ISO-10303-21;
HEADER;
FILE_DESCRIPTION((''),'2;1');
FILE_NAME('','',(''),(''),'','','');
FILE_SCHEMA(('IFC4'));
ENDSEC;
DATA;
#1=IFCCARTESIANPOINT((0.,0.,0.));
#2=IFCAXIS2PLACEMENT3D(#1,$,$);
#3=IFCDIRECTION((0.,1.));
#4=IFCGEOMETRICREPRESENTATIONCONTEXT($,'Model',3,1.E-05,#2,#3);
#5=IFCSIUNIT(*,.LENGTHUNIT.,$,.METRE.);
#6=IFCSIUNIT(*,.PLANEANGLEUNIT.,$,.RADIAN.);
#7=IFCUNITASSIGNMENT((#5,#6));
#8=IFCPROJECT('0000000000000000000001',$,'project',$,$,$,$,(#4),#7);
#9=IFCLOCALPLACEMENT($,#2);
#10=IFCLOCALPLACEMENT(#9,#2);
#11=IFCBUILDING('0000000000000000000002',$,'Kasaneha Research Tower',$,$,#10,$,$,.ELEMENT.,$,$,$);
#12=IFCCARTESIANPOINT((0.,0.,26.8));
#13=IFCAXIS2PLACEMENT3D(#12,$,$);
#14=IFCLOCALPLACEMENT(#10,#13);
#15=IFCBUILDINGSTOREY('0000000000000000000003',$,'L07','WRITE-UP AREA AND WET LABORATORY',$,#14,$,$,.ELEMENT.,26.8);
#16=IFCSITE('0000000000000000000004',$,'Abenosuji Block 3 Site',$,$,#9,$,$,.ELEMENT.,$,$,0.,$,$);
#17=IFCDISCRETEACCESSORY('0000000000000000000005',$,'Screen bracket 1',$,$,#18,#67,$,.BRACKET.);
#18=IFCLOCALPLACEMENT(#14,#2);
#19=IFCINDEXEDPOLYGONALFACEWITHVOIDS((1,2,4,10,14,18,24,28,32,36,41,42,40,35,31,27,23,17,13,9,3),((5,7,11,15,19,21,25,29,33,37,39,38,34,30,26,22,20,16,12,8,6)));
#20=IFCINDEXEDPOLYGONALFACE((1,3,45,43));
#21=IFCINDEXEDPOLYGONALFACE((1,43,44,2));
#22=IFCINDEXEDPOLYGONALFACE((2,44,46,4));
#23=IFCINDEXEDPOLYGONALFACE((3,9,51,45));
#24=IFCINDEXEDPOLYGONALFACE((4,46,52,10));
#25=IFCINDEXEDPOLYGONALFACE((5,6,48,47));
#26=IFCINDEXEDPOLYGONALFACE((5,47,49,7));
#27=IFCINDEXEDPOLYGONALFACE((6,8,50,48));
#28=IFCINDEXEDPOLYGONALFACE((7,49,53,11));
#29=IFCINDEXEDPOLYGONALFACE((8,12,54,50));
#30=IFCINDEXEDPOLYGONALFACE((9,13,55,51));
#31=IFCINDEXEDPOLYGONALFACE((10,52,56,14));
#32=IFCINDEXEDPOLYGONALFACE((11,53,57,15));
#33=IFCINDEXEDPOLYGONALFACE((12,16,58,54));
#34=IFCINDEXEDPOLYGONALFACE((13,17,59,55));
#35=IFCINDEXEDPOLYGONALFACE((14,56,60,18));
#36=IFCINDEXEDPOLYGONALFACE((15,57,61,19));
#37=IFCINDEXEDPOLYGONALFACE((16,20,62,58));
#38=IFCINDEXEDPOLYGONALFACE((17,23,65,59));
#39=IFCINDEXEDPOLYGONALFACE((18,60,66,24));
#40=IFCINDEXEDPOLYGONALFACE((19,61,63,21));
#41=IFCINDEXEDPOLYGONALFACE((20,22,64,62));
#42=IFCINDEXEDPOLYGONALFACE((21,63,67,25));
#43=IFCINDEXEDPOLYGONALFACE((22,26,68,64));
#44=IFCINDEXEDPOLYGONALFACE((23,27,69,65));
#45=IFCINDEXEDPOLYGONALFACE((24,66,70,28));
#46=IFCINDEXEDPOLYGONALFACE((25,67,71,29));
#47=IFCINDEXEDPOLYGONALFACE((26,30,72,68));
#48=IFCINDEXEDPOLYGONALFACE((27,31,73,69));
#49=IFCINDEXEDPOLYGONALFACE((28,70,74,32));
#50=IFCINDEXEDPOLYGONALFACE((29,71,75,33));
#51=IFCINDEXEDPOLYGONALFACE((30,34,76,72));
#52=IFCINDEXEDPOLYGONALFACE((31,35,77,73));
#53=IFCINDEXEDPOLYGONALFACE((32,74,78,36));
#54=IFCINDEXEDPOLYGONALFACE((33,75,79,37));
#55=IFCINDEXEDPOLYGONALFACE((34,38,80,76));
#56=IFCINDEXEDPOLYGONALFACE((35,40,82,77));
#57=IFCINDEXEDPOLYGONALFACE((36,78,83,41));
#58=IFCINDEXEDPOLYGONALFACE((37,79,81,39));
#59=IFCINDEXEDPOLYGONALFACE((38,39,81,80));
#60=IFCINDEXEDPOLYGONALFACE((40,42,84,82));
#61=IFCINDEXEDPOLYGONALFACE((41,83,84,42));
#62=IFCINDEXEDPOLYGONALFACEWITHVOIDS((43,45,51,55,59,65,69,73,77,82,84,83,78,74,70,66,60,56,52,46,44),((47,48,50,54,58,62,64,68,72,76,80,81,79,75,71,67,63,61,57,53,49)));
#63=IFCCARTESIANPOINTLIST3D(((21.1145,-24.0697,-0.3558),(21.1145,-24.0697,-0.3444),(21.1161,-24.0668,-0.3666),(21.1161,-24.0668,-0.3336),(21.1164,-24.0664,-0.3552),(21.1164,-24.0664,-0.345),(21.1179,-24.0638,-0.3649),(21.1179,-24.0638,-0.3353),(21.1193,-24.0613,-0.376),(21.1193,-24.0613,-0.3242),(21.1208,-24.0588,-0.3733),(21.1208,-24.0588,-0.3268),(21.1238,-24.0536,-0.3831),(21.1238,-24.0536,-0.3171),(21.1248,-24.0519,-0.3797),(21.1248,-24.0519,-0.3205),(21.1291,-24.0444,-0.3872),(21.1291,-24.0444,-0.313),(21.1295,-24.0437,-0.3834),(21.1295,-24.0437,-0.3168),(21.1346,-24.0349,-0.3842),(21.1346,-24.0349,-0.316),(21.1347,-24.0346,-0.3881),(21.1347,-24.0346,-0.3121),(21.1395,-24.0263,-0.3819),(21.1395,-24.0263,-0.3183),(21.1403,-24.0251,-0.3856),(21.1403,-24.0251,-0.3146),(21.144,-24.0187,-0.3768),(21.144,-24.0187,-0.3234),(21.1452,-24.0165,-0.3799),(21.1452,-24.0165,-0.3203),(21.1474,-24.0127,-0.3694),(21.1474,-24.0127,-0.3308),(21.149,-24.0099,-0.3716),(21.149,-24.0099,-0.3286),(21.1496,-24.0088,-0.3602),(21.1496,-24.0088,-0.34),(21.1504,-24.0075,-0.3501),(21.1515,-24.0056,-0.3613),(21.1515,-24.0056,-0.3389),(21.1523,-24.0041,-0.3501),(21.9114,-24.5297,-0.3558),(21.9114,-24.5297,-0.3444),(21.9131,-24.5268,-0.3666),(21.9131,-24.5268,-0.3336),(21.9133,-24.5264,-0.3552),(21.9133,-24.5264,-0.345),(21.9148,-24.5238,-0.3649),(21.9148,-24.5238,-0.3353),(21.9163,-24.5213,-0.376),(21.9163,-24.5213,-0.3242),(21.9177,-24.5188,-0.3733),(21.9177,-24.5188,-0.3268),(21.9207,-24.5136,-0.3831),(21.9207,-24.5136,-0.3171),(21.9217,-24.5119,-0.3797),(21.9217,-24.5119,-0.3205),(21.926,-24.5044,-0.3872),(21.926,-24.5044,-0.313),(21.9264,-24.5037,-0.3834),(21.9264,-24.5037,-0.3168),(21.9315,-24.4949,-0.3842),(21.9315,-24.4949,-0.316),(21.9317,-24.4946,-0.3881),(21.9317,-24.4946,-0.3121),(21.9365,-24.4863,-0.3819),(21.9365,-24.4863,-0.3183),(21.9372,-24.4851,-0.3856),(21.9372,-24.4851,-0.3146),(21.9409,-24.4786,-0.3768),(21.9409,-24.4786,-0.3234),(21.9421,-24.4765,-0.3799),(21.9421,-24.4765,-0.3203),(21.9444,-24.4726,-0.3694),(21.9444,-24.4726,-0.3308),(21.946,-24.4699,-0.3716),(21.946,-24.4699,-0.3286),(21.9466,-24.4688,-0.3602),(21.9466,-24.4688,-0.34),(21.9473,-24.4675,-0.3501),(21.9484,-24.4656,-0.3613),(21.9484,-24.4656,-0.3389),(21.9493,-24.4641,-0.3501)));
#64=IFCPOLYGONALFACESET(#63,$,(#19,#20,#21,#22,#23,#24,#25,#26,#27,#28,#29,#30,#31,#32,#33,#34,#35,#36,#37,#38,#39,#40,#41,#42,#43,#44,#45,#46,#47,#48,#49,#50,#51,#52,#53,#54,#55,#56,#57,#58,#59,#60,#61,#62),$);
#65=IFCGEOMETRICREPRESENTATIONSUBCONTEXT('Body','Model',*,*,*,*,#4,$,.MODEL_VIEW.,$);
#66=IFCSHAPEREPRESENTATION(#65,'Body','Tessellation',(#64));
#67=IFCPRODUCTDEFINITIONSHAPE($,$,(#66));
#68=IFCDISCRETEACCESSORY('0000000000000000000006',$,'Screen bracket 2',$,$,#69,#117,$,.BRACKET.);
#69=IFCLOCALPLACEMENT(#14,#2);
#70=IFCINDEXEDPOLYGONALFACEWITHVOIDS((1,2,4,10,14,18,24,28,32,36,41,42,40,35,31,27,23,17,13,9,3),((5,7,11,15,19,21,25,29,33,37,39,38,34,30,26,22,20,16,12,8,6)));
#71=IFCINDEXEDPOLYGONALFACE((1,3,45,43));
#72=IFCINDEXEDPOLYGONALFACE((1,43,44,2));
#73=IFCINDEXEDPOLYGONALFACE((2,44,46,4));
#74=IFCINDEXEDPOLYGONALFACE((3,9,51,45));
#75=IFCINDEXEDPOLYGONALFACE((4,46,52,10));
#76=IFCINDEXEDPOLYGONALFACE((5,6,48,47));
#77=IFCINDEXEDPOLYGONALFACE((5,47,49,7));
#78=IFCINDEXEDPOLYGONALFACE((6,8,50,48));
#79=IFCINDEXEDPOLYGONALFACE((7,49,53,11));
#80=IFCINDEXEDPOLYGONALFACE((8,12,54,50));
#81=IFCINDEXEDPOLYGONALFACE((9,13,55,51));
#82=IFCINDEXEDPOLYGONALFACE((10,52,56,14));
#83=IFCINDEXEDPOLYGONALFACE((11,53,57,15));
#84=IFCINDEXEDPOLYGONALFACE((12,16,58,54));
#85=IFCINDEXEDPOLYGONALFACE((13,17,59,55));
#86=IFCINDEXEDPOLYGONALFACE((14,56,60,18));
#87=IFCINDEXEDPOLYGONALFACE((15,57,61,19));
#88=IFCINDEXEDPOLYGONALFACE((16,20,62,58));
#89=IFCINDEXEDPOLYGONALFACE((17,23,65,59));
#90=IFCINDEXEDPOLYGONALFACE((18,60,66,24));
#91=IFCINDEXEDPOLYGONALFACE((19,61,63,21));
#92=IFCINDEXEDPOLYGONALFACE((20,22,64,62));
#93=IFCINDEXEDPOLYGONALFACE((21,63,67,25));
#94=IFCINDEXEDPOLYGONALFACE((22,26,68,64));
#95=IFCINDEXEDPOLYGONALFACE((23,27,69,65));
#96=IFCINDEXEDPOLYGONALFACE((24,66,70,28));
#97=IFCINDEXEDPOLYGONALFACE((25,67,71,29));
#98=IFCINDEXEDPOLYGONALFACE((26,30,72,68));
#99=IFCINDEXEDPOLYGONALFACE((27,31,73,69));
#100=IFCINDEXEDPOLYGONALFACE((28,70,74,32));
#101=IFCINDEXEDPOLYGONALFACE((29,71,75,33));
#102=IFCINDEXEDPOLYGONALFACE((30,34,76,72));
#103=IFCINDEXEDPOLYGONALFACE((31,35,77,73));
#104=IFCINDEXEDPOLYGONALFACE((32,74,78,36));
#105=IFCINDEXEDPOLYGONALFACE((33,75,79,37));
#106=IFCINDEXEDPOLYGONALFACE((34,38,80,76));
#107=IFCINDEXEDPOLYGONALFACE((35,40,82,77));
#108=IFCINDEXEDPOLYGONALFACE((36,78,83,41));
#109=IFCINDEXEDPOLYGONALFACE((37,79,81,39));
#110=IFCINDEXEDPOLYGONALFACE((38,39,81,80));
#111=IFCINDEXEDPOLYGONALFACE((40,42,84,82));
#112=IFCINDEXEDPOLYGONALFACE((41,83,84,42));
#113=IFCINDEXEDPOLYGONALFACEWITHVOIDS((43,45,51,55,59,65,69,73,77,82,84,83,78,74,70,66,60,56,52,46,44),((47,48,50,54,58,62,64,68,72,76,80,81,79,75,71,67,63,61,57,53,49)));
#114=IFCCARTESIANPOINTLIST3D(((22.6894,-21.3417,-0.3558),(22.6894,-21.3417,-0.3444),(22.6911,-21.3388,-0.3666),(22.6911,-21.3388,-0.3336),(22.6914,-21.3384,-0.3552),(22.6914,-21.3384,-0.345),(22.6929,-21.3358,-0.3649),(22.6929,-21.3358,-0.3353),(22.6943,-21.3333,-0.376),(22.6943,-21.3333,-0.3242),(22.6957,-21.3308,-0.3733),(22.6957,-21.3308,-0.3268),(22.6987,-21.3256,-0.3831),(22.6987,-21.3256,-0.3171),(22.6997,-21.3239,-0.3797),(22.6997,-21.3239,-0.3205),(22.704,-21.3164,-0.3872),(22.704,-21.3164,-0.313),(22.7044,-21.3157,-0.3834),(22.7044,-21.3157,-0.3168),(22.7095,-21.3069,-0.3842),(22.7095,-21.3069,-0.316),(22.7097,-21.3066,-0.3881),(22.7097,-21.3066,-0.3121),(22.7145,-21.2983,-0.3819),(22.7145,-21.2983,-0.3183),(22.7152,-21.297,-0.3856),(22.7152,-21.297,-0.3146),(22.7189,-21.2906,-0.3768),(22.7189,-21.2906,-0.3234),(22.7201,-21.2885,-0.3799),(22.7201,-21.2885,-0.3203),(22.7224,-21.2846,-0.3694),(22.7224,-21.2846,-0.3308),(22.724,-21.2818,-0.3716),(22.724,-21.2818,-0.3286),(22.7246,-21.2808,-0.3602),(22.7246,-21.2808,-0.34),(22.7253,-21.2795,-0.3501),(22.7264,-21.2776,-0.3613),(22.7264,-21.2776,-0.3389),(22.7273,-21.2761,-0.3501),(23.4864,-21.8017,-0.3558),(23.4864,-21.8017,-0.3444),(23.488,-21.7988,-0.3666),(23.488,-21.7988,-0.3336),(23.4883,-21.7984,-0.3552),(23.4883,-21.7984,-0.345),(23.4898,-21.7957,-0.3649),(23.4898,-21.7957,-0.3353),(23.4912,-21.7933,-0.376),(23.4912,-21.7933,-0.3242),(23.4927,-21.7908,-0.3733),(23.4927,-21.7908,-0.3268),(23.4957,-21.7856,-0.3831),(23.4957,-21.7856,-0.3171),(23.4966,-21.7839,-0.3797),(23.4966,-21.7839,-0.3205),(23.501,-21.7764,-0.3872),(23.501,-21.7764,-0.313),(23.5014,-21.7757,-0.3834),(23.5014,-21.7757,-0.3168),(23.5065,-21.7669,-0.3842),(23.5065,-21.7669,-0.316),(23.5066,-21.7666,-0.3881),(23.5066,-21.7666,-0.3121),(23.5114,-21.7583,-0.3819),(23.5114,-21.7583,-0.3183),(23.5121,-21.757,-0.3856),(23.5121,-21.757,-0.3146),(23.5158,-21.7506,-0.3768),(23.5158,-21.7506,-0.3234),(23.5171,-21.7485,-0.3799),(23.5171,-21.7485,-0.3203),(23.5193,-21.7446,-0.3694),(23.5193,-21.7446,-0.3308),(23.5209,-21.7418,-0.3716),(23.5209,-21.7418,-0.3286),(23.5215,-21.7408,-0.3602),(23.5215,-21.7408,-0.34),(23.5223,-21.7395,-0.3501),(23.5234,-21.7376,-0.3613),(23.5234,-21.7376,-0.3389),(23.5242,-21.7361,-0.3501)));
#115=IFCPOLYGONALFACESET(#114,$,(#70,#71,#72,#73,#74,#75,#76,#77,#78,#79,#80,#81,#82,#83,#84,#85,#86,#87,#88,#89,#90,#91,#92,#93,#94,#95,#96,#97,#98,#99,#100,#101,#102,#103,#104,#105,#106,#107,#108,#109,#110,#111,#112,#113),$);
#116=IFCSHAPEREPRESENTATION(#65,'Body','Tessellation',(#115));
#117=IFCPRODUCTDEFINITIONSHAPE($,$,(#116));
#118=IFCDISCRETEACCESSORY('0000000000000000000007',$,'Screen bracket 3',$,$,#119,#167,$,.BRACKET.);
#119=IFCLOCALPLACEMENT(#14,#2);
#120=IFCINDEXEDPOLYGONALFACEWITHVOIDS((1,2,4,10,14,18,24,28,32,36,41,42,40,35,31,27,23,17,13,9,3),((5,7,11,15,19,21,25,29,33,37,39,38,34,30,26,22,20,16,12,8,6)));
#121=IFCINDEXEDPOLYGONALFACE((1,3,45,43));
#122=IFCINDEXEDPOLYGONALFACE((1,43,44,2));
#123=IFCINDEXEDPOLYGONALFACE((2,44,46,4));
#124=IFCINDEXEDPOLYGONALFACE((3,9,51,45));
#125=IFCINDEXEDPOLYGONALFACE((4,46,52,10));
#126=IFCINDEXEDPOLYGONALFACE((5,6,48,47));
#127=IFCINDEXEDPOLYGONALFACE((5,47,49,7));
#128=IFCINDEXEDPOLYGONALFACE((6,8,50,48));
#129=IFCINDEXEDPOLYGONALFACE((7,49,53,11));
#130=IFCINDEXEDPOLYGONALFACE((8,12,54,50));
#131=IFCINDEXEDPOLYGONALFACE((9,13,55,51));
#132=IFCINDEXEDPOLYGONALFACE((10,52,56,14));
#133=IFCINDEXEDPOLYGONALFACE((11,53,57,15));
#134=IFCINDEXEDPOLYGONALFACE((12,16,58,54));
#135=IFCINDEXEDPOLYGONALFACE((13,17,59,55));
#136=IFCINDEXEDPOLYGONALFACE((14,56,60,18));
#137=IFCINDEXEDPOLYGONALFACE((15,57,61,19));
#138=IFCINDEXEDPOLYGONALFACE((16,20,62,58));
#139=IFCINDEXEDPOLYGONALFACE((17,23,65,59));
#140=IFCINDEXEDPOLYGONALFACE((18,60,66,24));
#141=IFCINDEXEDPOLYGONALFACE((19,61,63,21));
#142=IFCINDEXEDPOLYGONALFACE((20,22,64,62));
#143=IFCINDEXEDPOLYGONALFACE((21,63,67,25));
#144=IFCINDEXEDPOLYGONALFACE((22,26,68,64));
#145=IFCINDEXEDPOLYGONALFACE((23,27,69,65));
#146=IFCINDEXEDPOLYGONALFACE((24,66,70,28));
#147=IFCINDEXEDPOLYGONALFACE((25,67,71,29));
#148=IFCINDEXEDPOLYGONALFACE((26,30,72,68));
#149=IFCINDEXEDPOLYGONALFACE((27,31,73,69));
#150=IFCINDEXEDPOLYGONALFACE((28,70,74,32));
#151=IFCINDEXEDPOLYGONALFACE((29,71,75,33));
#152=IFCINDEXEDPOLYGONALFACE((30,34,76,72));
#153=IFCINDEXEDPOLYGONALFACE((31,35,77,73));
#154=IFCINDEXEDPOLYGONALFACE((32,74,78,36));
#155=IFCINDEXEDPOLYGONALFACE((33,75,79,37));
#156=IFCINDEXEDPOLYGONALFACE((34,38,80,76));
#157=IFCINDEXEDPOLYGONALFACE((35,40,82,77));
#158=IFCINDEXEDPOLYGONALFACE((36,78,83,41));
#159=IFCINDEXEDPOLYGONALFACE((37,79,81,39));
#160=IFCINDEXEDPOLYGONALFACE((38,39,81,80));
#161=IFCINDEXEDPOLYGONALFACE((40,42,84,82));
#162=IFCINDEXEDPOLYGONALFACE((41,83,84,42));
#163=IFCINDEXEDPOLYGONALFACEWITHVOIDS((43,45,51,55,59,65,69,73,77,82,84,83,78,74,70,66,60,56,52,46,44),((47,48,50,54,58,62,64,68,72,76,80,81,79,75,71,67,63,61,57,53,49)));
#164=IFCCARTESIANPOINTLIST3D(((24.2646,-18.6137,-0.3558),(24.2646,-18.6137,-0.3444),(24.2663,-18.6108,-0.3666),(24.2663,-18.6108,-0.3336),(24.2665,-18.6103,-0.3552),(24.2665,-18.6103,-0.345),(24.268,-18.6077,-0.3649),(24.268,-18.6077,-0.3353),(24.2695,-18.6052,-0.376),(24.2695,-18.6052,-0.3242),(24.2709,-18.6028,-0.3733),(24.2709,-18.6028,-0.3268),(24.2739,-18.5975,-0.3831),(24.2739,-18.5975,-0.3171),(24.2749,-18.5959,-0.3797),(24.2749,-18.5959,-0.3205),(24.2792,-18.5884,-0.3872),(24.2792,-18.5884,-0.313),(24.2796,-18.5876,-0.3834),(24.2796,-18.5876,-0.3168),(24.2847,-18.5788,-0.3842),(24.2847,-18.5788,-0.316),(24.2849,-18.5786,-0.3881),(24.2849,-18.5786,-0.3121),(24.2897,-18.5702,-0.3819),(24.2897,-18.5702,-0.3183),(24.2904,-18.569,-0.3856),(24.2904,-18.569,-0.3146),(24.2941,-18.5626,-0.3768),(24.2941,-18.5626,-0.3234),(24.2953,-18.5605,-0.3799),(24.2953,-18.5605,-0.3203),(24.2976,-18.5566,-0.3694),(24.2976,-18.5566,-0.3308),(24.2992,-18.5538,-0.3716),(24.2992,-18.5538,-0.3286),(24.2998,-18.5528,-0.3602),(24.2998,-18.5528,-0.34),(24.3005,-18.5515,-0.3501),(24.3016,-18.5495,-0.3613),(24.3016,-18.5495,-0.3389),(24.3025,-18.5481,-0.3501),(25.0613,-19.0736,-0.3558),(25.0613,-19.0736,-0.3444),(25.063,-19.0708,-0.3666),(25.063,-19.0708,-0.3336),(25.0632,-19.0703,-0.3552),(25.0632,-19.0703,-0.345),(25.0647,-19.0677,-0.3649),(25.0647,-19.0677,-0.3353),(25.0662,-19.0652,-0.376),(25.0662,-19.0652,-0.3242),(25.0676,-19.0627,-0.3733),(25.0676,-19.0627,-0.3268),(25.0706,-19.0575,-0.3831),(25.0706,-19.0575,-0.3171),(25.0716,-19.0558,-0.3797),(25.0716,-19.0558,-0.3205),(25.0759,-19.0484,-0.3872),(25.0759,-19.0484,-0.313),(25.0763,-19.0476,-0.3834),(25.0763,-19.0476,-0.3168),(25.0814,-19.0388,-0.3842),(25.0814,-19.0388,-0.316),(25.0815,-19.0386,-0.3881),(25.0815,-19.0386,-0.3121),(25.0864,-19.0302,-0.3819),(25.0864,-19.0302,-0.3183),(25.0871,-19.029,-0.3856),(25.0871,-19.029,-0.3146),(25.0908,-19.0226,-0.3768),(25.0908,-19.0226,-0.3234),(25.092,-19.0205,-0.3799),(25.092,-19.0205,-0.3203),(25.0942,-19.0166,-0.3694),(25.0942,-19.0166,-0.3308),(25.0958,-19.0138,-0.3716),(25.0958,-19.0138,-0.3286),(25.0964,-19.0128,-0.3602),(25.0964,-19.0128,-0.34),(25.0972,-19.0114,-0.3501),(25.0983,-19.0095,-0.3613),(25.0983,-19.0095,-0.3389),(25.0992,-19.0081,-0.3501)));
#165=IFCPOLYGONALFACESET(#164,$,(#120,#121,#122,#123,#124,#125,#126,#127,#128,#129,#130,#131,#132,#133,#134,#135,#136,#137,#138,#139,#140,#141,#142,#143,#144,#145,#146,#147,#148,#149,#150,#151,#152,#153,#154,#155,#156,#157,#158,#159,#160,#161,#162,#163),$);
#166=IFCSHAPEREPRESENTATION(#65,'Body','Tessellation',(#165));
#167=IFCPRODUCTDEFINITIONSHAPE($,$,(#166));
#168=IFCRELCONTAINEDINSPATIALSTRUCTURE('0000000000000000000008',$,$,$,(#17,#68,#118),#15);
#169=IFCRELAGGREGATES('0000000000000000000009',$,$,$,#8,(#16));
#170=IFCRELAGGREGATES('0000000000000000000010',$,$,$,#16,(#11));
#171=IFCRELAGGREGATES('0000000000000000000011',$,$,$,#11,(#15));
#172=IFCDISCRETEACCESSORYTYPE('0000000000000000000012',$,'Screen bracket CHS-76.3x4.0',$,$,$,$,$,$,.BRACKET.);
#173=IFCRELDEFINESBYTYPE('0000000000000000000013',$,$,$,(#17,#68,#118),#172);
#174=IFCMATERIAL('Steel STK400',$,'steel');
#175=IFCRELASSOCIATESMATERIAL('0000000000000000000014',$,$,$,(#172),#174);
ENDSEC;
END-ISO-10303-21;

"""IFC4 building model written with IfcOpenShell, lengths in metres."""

from ifc_helpers import new_model, si_unit, direction, frame, origin, origin_2d, place, context, subcontext, project, spatial, hollow_circle, extrude, material, material_profile, profile_set, type_object, element, save


model = new_model("IFC4")

# Units and contexts
model_context = context("Model", 3, precision=1e-05, world=origin(), true_north=direction((0.0, 1.0)))
body_context = subcontext(model_context, "Body", "Model", "MODEL_VIEW")
ifc_project = project(units=[si_unit("LENGTHUNIT", "METRE"), si_unit("PLANEANGLEUNIT", "RADIAN")], contexts=[model_context])

# Site, building, storey
site_placement = place(None, origin())
site = spatial("IfcSite", under=ifc_project, at=site_placement, Name="Abenosuji Block 3 Site", CompositionType="ELEMENT", RefElevation=0.0)
building_placement = place(site_placement, origin())
building = spatial("IfcBuilding", under=site, at=building_placement, Name="Kasaneha Research Tower", CompositionType="ELEMENT")
storey_placement = place(building_placement, frame((0.0, 0.0, 26.8)))
storey = spatial("IfcBuildingStorey", under=building, at=storey_placement, Name="L07", Description="WRITE-UP AREA AND WET LABORATORY", CompositionType="ELEMENT", Elevation=26.8)

# Discrete accessories
ifc_material_1 = material(Name="Steel STK400", Category="steel")
ifc_material_profile_1 = material_profile(ifc_material_1, hollow_circle(Radius=0.0381, WallThickness=0.0039, at=origin_2d()), Name="CHS-76.3x4.0")
ifc_profile_set_1 = profile_set([ifc_material_profile_1], Name="Steel STK400")
discrete_accessory_type = type_object("IfcDiscreteAccessoryType", Name="Screen bracket CHS-76.3x4.0", PredefinedType="BRACKET", material=ifc_profile_set_1)
for number, where, z_axis, x_axis, name in (
    (1, (21.1333, -24.0371, -0.3501), (0.86608, -0.499906, 0.0), (0.499906, 0.86608, 0.0), "Screen bracket 1"),
    (2, (22.7083, -21.3091, -0.3501), (0.86608, -0.499906, 0.0), (0.499906, 0.86608, 0.0), "Screen bracket 2"),
):
    element("IfcDiscreteAccessory", number, at=place(storey_placement, frame(where, z_axis=z_axis, x_axis=x_axis)), inside=storey, type_object=discrete_accessory_type, Name=name, PredefinedType="BRACKET", context=body_context, shape_type="SweptSolid", body=[
        extrude(hollow_circle(Radius=0.0381, WallThickness=0.0039, at=origin_2d()), origin(), (0.0, 0.0, 1.0), 0.9202),
    ])
for number, where, z_axis, x_axis, name in (
    (3, (24.2834, -18.5811, -0.3501), (0.866013, -0.500021, 0.0), (0.500021, 0.866013, 0.0), "Screen bracket 3"),
):
    element("IfcDiscreteAccessory", number, at=place(storey_placement, frame(where, z_axis=z_axis, x_axis=x_axis)), inside=storey, type_object=discrete_accessory_type, Name=name, PredefinedType="BRACKET", context=body_context, shape_type="SweptSolid", body=[
        extrude(hollow_circle(Radius=0.0381, WallThickness=0.0039, at=origin_2d()), origin(), (0.0, 0.0, 1.0), 0.9199),
    ])

save(model, "model.ifc")
